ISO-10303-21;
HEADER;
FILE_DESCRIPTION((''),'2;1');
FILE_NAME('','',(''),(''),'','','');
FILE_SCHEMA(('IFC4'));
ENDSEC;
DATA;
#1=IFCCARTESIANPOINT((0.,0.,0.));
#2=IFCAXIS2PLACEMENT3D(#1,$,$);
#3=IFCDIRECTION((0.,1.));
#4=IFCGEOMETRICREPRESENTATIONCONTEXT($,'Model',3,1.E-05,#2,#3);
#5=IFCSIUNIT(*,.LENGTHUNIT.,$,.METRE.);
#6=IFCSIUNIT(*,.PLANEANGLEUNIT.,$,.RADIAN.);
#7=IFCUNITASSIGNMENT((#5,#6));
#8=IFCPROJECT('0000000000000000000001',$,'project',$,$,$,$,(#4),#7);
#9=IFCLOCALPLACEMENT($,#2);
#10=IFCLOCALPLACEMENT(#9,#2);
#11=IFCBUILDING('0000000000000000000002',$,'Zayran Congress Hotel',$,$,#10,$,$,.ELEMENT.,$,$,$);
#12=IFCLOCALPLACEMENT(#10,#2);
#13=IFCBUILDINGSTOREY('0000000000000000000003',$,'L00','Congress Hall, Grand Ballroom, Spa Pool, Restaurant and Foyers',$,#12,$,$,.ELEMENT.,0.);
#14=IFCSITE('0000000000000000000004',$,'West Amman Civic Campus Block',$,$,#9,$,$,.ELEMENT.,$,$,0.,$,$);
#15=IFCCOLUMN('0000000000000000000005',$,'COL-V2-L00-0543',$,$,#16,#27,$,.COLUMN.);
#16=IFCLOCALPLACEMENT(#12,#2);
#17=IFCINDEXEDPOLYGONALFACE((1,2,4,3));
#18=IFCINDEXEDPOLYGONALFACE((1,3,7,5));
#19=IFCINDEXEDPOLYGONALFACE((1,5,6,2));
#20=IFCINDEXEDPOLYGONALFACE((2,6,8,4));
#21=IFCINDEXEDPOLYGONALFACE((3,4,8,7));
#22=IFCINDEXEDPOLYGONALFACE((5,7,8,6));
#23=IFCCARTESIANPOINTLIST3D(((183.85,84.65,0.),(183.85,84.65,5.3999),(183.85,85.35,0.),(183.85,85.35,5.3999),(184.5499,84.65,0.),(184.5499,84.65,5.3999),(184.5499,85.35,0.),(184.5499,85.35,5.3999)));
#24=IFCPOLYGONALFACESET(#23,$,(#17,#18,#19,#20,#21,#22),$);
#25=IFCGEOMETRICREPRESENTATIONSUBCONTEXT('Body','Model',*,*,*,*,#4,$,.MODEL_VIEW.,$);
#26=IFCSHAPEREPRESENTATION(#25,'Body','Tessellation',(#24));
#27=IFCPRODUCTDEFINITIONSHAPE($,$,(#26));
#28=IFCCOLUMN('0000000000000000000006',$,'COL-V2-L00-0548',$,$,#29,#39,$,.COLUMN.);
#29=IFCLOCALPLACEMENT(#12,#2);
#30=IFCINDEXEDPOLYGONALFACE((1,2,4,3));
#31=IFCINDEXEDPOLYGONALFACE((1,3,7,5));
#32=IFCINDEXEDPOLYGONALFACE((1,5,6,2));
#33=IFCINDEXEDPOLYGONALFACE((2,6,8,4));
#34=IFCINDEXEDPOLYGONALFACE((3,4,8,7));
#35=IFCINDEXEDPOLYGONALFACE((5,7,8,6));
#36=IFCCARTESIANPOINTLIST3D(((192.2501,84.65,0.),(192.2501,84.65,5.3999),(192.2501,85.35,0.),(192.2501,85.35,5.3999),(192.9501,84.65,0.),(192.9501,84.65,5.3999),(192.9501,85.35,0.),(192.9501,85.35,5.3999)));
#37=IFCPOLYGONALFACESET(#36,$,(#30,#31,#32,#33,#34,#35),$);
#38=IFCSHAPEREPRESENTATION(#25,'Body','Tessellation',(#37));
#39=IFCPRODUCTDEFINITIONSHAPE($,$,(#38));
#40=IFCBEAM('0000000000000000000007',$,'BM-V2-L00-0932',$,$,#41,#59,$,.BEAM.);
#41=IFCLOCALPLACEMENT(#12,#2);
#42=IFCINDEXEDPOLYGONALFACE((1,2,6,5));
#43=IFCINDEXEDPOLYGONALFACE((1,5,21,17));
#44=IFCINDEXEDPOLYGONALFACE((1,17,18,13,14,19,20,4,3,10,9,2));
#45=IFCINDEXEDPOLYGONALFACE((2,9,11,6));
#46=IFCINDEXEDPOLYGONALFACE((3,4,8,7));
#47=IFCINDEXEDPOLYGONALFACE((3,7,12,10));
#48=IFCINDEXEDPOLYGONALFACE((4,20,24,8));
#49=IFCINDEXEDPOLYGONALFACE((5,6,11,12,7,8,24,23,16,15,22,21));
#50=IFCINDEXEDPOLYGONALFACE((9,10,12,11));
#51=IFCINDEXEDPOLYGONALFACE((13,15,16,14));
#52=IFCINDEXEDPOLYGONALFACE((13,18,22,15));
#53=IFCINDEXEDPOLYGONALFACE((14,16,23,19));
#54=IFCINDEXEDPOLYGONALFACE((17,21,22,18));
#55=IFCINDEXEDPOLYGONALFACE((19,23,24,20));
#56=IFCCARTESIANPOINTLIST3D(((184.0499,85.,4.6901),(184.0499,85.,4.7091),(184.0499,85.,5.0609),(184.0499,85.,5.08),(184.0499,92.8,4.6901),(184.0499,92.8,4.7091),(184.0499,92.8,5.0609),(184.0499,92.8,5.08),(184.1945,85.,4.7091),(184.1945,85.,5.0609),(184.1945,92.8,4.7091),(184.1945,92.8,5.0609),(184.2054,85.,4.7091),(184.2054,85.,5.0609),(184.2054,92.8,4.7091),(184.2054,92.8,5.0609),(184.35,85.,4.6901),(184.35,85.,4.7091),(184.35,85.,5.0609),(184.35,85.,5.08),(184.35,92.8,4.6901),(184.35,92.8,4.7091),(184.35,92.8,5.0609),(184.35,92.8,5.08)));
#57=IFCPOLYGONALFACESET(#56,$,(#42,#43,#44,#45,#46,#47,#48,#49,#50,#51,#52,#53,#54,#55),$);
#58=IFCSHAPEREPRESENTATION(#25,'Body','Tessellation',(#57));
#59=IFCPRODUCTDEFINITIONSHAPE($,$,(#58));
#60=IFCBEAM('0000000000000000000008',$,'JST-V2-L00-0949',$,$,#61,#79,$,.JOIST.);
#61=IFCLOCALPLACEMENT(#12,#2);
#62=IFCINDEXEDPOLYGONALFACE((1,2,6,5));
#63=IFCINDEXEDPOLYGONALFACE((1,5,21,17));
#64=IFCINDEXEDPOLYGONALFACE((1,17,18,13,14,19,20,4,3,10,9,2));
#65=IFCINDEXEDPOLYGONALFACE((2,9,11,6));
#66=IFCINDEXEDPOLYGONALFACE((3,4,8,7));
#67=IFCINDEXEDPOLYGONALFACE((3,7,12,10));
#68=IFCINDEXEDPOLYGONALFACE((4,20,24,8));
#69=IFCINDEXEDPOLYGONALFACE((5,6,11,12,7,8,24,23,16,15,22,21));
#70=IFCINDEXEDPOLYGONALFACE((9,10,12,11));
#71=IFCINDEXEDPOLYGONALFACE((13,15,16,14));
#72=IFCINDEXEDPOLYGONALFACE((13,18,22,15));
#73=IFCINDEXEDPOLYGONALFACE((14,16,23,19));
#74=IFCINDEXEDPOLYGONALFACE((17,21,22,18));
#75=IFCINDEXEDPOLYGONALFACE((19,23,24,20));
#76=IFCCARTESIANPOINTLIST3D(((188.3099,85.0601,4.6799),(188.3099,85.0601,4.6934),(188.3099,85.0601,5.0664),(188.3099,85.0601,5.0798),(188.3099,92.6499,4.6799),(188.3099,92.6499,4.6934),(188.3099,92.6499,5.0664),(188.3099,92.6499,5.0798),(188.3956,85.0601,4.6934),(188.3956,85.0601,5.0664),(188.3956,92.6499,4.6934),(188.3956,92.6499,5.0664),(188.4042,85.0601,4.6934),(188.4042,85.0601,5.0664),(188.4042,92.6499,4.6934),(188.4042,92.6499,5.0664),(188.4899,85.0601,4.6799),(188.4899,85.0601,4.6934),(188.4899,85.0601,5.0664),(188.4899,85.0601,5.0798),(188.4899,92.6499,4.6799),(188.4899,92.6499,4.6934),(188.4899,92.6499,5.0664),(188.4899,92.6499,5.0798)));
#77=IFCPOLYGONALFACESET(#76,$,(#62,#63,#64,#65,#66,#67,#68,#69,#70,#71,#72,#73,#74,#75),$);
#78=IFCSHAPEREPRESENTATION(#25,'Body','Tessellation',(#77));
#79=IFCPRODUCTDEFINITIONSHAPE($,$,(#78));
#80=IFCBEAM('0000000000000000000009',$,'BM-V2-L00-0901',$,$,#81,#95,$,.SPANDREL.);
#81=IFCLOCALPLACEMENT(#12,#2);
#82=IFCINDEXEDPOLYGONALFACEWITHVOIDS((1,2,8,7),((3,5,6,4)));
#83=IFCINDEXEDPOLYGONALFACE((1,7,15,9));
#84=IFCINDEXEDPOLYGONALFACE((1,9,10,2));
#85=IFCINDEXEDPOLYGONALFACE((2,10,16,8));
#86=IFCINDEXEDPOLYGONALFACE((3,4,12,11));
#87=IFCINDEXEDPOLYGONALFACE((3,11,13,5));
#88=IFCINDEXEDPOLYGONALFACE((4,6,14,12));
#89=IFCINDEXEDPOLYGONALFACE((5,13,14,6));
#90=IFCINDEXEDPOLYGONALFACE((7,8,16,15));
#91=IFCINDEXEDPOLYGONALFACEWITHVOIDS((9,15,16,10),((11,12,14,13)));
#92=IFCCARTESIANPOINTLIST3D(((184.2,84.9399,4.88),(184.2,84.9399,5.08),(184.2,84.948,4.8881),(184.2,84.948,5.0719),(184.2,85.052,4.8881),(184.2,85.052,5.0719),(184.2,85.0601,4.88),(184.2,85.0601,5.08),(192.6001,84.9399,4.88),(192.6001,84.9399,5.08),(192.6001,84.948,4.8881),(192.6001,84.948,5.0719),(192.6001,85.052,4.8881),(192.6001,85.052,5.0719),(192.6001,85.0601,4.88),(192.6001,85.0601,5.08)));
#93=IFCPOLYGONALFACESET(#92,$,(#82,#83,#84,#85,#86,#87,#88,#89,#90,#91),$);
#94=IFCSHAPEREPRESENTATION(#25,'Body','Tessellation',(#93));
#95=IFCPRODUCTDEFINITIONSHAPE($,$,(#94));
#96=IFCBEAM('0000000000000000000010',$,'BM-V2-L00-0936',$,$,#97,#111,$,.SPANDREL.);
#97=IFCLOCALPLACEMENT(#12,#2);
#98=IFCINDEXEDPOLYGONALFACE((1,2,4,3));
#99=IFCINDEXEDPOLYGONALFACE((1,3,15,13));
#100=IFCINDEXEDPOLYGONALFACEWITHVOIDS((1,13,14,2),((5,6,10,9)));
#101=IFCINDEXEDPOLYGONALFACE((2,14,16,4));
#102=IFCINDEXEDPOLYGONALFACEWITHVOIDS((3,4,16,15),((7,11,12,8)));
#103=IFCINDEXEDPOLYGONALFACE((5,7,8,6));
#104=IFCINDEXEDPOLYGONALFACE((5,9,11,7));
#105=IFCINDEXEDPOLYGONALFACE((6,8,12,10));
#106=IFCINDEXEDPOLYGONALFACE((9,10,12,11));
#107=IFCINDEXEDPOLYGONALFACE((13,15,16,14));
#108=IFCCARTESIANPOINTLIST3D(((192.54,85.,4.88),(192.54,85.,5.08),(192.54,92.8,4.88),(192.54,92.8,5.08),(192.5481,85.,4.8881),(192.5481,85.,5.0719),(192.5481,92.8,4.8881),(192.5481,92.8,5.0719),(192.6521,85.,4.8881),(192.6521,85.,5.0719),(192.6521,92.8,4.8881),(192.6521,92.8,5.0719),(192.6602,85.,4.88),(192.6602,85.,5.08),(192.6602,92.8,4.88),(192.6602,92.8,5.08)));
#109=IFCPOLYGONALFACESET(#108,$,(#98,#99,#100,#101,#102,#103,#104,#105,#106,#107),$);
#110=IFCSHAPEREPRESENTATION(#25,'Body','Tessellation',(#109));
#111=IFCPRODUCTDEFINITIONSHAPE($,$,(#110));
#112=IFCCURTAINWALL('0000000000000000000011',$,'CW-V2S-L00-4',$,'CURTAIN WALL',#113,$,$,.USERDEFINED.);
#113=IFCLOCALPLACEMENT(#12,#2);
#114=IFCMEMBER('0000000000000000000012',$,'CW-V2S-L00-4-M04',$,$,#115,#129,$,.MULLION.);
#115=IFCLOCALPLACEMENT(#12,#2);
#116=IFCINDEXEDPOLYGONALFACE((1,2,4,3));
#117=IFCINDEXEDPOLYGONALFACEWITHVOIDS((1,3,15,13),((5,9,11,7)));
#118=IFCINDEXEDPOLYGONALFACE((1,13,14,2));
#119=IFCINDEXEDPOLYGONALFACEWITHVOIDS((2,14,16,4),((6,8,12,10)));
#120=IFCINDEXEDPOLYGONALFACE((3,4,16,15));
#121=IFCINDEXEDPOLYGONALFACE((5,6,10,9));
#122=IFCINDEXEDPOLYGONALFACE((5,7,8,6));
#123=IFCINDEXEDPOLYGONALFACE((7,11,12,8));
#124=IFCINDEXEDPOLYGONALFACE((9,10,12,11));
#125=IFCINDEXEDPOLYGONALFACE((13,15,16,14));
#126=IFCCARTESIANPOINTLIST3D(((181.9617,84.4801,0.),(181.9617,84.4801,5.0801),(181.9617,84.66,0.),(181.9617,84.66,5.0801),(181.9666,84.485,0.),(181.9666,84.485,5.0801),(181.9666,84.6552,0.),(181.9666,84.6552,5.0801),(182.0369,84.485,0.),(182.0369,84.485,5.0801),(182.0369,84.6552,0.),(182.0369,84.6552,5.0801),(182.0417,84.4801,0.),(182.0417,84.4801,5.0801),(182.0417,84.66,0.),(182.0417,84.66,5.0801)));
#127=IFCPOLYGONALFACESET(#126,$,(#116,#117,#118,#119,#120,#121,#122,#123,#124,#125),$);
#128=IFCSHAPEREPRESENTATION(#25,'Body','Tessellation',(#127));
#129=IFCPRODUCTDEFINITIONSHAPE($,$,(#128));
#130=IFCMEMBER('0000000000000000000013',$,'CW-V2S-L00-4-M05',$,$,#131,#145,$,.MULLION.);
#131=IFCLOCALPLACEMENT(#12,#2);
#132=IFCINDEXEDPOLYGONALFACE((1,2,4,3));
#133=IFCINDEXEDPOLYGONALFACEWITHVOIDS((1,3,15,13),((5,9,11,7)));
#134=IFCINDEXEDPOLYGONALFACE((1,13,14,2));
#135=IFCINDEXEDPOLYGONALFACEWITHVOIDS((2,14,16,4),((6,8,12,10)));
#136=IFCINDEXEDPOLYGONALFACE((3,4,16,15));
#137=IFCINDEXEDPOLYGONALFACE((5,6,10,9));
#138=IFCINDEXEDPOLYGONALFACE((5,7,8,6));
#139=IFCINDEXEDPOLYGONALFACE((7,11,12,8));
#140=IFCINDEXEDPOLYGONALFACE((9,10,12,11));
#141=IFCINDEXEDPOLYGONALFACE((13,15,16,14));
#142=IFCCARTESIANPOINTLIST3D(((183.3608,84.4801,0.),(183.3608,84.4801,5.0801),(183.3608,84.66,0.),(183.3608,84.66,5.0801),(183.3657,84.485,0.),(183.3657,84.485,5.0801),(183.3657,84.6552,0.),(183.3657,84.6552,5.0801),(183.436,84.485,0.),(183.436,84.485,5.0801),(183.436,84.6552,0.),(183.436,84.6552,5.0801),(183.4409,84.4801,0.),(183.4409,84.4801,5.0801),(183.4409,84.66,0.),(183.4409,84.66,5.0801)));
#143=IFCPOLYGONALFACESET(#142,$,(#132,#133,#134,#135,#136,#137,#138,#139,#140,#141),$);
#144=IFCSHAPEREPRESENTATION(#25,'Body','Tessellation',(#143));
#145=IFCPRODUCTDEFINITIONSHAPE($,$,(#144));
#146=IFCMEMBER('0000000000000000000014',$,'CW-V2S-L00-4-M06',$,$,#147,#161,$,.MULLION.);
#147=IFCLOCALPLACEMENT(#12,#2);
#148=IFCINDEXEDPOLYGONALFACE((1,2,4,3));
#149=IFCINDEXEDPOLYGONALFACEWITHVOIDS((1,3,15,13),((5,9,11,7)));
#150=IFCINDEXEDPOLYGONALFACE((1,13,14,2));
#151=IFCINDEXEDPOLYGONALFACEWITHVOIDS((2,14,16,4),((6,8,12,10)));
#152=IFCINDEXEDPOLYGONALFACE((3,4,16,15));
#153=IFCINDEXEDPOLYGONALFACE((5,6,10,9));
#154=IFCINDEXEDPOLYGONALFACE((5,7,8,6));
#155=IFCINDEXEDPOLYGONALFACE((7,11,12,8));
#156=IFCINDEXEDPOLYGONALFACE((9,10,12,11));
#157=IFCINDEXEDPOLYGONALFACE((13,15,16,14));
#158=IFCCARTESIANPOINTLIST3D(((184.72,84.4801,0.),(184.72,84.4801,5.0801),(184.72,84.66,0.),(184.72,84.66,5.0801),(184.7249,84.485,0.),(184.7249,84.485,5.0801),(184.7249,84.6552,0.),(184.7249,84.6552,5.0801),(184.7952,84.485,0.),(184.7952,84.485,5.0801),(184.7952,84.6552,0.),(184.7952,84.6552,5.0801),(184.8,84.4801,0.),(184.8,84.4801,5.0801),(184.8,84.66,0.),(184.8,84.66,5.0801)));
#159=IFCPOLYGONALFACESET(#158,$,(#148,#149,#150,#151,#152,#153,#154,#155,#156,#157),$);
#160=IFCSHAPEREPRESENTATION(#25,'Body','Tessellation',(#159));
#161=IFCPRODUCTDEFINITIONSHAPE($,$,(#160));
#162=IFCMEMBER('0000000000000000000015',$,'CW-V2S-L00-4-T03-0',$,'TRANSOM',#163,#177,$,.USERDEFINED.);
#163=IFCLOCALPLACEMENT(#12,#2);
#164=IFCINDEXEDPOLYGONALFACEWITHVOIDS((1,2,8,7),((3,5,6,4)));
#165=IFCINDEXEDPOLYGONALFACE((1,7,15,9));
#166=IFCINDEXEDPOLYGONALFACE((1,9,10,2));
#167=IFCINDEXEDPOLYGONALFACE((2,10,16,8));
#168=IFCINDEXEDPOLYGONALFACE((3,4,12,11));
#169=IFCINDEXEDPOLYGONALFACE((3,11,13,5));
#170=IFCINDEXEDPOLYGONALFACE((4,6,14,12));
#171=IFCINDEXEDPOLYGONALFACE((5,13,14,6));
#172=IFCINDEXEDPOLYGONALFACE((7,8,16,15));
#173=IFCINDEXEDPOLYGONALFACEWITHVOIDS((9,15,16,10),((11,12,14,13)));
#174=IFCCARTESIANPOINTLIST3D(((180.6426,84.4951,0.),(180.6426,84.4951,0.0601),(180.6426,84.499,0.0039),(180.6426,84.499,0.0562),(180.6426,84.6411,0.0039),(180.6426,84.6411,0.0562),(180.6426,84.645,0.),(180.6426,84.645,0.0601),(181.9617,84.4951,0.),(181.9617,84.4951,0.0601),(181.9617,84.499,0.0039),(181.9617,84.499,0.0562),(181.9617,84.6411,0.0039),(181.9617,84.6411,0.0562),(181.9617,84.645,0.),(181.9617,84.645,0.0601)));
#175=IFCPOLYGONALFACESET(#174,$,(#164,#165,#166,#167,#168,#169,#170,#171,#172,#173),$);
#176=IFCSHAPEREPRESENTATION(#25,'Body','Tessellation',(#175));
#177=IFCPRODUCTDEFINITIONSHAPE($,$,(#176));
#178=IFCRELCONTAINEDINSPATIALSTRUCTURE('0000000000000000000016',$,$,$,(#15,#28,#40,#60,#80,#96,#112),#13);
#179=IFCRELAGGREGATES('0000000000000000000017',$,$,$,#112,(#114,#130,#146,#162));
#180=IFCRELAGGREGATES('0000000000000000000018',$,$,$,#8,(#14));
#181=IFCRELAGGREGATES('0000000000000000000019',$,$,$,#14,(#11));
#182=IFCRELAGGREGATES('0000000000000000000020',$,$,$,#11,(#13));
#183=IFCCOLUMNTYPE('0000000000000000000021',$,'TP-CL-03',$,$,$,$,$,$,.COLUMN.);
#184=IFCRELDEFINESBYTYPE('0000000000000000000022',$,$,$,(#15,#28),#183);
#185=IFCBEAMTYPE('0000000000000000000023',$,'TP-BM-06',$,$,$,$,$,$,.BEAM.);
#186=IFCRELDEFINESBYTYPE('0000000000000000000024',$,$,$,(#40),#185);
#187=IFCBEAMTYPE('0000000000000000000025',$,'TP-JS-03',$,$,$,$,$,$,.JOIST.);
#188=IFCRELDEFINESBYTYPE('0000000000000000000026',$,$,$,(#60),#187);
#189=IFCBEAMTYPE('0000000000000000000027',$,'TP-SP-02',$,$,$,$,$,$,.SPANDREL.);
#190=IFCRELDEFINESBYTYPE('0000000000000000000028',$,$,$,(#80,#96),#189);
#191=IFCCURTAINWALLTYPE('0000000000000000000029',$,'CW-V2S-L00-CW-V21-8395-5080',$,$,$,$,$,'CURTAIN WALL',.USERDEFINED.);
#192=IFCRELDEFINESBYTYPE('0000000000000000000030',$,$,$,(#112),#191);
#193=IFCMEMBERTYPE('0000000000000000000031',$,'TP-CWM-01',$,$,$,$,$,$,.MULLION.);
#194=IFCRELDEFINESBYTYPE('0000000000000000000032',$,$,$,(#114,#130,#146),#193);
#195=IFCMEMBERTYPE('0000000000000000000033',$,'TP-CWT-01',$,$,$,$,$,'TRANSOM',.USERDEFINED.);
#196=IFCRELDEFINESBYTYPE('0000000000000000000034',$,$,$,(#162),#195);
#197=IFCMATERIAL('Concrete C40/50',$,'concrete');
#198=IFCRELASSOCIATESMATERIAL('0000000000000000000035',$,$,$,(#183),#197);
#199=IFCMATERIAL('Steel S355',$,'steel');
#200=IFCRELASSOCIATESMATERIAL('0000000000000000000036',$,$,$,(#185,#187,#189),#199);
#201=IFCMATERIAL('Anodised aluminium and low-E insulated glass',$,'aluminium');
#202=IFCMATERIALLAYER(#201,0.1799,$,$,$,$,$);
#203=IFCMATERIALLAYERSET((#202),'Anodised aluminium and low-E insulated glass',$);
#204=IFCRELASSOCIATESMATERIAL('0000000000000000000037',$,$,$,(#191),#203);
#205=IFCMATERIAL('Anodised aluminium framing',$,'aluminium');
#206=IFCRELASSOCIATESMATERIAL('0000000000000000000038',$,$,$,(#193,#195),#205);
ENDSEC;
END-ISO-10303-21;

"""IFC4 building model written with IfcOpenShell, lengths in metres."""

from ifc_helpers import new_model, si_unit, direction, frame, origin, origin_2d, place, context, subcontext, project, spatial, rectangle, hollow_rectangle, i_section, extrude, material, layer, layer_set, material_profile, profile_set, type_object, element, aggregate, save


model = new_model("IFC4")

# Units and contexts
model_context = context("Model", 3, precision=1e-05, world=origin(), true_north=direction((0.0, 1.0)))
body_context = subcontext(model_context, "Body", "Model", "MODEL_VIEW")
ifc_project = project(units=[si_unit("LENGTHUNIT", "METRE"), si_unit("PLANEANGLEUNIT", "RADIAN")], contexts=[model_context])

# Site, building, storey
site_placement = place(None, origin())
site = spatial("IfcSite", under=ifc_project, at=site_placement, Name="West Amman Civic Campus Block", CompositionType="ELEMENT", RefElevation=0.0)
building_placement = place(site_placement, origin())
building = spatial("IfcBuilding", under=site, at=building_placement, Name="Zayran Congress Hotel", CompositionType="ELEMENT")
storey_placement = place(building_placement, origin())
storey = spatial("IfcBuildingStorey", under=building, at=storey_placement, Name="L00", Description="Congress Hall, Grand Ballroom, Spa Pool, Restaurant and Foyers", CompositionType="ELEMENT", Elevation=0.0)

# Columns
ifc_material_1 = material(Name="Concrete C40/50", Category="concrete")
ifc_material_profile_1 = material_profile(ifc_material_1, rectangle(XDim=0.7, YDim=0.7, at=origin_2d()), Name="RC 700x700")
ifc_profile_set_1 = profile_set([ifc_material_profile_1], Name="Concrete C40/50")
column_type = type_object("IfcColumnType", Name="TP-CL-03", PredefinedType="COLUMN", material=ifc_profile_set_1)
for number, where, z_axis, x_axis, name in (
    (1, (184.2, 85.0, 0.0), (0.0, 0.0, 1.0), (1.0, 0.0, 0.0), "COL-V2-L00-0543"),
    (2, (192.6001, 85.0, 0.0), (0.0, 0.0, 1.0), (1.0, 0.0, 0.0), "COL-V2-L00-0548"),
):
    element("IfcColumn", number, at=place(storey_placement, frame(where, z_axis=z_axis, x_axis=x_axis)), inside=storey, type_object=column_type, Name=name, PredefinedType="COLUMN", context=body_context, shape_type="SweptSolid", body=[
        extrude(rectangle(XDim=0.7, YDim=0.7, at=origin_2d()), origin(), (0.0, 0.0, 1.0), 5.3999),
    ])

# Beams
ifc_material_2 = material(Name="Steel S355", Category="steel")
ifc_material_profile_2 = material_profile(ifc_material_2, i_section(OverallWidth=0.3, OverallDepth=0.3899, WebThickness=0.011, FlangeThickness=0.019, at=origin_2d()), Name="HEA 400")
ifc_profile_set_2 = profile_set([ifc_material_profile_2], Name="Steel S355")
beam_type_1 = type_object("IfcBeamType", Name="TP-BM-06", PredefinedType="BEAM", material=ifc_profile_set_2)
beam_1_placement = place(storey_placement, frame((184.2, 85.0, 4.885), z_axis=(0.0, 1.0, 0.0), x_axis=(-1.0, 0.0, 0.0)))
element("IfcBeam", 3, at=beam_1_placement, inside=storey, type_object=beam_type_1, Name="BM-V2-L00-0932", PredefinedType="BEAM", context=body_context, shape_type="SweptSolid", body=[
    extrude(i_section(OverallWidth=0.3, OverallDepth=0.3899, WebThickness=0.011, FlangeThickness=0.019, at=origin_2d()), origin(), (0.0, 0.0, 1.0), 7.8),
])
ifc_material_profile_3 = material_profile(ifc_material_2, i_section(OverallWidth=0.1799, OverallDepth=0.3999, WebThickness=0.0085, FlangeThickness=0.0134, at=origin_2d()), Name="IPE 400")
ifc_profile_set_3 = profile_set([ifc_material_profile_3], Name="Steel S355")
beam_type_2 = type_object("IfcBeamType", Name="TP-JS-03", PredefinedType="JOIST", material=ifc_profile_set_3)
beam_2_placement = place(storey_placement, frame((188.3999, 85.0601, 4.8799), z_axis=(0.0, 1.0, 0.0), x_axis=(-1.0, 0.0, 0.0)))
element("IfcBeam", 4, at=beam_2_placement, inside=storey, type_object=beam_type_2, Name="JST-V2-L00-0949", PredefinedType="JOIST", context=body_context, shape_type="SweptSolid", body=[
    extrude(i_section(OverallWidth=0.1799, OverallDepth=0.3999, WebThickness=0.0085, FlangeThickness=0.0134, at=origin_2d()), origin(), (0.0, 0.0, 1.0), 7.5898),
])
ifc_material_profile_4 = material_profile(ifc_material_2, hollow_rectangle(XDim=0.1201, YDim=0.2, WallThickness=0.0081, at=origin_2d()), Name="RHS 200x120x8")
ifc_profile_set_4 = profile_set([ifc_material_profile_4], Name="Steel S355")
beam_type_3 = type_object("IfcBeamType", Name="TP-SP-02", PredefinedType="SPANDREL", material=ifc_profile_set_4)
beam_3_placement = place(storey_placement, frame((184.2, 85.0, 4.98), z_axis=(1.0, 0.0, 0.0), x_axis=(0.0, 1.0, 0.0)))
element("IfcBeam", 5, at=beam_3_placement, inside=storey, type_object=beam_type_3, Name="BM-V2-L00-0901", PredefinedType="SPANDREL", context=body_context, shape_type="SweptSolid", body=[
    extrude(hollow_rectangle(XDim=0.1201, YDim=0.2, WallThickness=0.0081, at=origin_2d()), origin(), (0.0, 0.0, 1.0), 8.4001),
])
beam_4_placement = place(storey_placement, frame((192.6001, 85.0, 4.98), z_axis=(0.0, 1.0, 0.0), x_axis=(-1.0, 0.0, 0.0)))
element("IfcBeam", 6, at=beam_4_placement, inside=storey, type_object=beam_type_3, Name="BM-V2-L00-0936", PredefinedType="SPANDREL", context=body_context, shape_type="SweptSolid", body=[
    extrude(hollow_rectangle(XDim=0.1201, YDim=0.2, WallThickness=0.0081, at=origin_2d()), origin(), (0.0, 0.0, 1.0), 7.8),
])

# Curtain wall, members
ifc_material_3 = material(Name="Anodised aluminium and low-E insulated glass", Category="aluminium")
ifc_layer_1 = layer(ifc_material_3, 0.1799)
ifc_layer_set_1 = layer_set([ifc_layer_1], Name="Anodised aluminium and low-E insulated glass")
curtain_wall_type = type_object("IfcCurtainWallType", Name="CW-V2S-L00-CW-V21-8395-5080", ElementType="CURTAIN WALL", PredefinedType="USERDEFINED", material=ifc_layer_set_1)
curtain_wall_placement = place(storey_placement, origin())
curtain_wall = element("IfcCurtainWall", 7, at=curtain_wall_placement, inside=storey, type_object=curtain_wall_type, Name="CW-V2S-L00-4", ObjectType="CURTAIN WALL", PredefinedType="USERDEFINED")
ifc_material_4 = material(Name="Anodised aluminium framing", Category="aluminium")
ifc_material_profile_5 = material_profile(ifc_material_4, hollow_rectangle(XDim=0.0801, YDim=0.1799, WallThickness=0.0049, at=origin_2d()), Name="RHS 180x80x5")
ifc_profile_set_5 = profile_set([ifc_material_profile_5], Name="Anodised aluminium framing")
member_type_1 = type_object("IfcMemberType", Name="TP-CWM-01", PredefinedType="MULLION", material=ifc_profile_set_5)
member_1_placement = place(storey_placement, frame((182.0017, 84.5701, 0.0), z_axis=(0.0, 0.0, 1.0), x_axis=(1.0, 0.0, 0.0)))
member_1 = element("IfcMember", 8, at=member_1_placement, type_object=member_type_1, Name="CW-V2S-L00-4-M04", PredefinedType="MULLION", context=body_context, shape_type="SweptSolid", body=[
    extrude(hollow_rectangle(XDim=0.0801, YDim=0.1799, WallThickness=0.0049, at=origin_2d()), origin(), (0.0, 0.0, 1.0), 5.0801),
])
member_2_placement = place(storey_placement, frame((183.4009, 84.5701, 0.0), z_axis=(0.0, 0.0, 1.0), x_axis=(1.0, 0.0, 0.0)))
member_2 = element("IfcMember", 9, at=member_2_placement, type_object=member_type_1, Name="CW-V2S-L00-4-M05", PredefinedType="MULLION", context=body_context, shape_type="SweptSolid", body=[
    extrude(hollow_rectangle(XDim=0.0801, YDim=0.1799, WallThickness=0.0049, at=origin_2d()), origin(), (0.0, 0.0, 1.0), 5.0801),
])
member_3_placement = place(storey_placement, frame((184.76, 84.5701, 0.0), z_axis=(0.0, 0.0, 1.0), x_axis=(1.0, 0.0, 0.0)))
member_3 = element("IfcMember", 10, at=member_3_placement, type_object=member_type_1, Name="CW-V2S-L00-4-M06", PredefinedType="MULLION", context=body_context, shape_type="SweptSolid", body=[
    extrude(hollow_rectangle(XDim=0.0801, YDim=0.1799, WallThickness=0.0049, at=origin_2d()), origin(), (0.0, 0.0, 1.0), 5.0801),
])
ifc_material_profile_6 = material_profile(ifc_material_4, hollow_rectangle(XDim=0.0601, YDim=0.1499, WallThickness=0.0039, at=origin_2d()), Name="RHS 150x60x4")
ifc_profile_set_6 = profile_set([ifc_material_profile_6], Name="Anodised aluminium framing")
member_type_2 = type_object("IfcMemberType", Name="TP-CWT-01", ElementType="TRANSOM", PredefinedType="USERDEFINED", material=ifc_profile_set_6)
member_4_placement = place(storey_placement, frame((180.6426, 84.5701, 0.03), z_axis=(1.0, 0.0, 0.0), x_axis=(0.0, 0.0, 1.0)))
member_4 = element("IfcMember", 11, at=member_4_placement, type_object=member_type_2, Name="CW-V2S-L00-4-T03-0", ObjectType="TRANSOM", PredefinedType="USERDEFINED", context=body_context, shape_type="SweptSolid", body=[
    extrude(hollow_rectangle(XDim=0.0601, YDim=0.1499, WallThickness=0.0039, at=origin_2d()), origin(), (0.0, 0.0, 1.0), 1.3191),
])
aggregate(curtain_wall, [member_1, member_2, member_3, member_4])

save(model, "model.ifc")
